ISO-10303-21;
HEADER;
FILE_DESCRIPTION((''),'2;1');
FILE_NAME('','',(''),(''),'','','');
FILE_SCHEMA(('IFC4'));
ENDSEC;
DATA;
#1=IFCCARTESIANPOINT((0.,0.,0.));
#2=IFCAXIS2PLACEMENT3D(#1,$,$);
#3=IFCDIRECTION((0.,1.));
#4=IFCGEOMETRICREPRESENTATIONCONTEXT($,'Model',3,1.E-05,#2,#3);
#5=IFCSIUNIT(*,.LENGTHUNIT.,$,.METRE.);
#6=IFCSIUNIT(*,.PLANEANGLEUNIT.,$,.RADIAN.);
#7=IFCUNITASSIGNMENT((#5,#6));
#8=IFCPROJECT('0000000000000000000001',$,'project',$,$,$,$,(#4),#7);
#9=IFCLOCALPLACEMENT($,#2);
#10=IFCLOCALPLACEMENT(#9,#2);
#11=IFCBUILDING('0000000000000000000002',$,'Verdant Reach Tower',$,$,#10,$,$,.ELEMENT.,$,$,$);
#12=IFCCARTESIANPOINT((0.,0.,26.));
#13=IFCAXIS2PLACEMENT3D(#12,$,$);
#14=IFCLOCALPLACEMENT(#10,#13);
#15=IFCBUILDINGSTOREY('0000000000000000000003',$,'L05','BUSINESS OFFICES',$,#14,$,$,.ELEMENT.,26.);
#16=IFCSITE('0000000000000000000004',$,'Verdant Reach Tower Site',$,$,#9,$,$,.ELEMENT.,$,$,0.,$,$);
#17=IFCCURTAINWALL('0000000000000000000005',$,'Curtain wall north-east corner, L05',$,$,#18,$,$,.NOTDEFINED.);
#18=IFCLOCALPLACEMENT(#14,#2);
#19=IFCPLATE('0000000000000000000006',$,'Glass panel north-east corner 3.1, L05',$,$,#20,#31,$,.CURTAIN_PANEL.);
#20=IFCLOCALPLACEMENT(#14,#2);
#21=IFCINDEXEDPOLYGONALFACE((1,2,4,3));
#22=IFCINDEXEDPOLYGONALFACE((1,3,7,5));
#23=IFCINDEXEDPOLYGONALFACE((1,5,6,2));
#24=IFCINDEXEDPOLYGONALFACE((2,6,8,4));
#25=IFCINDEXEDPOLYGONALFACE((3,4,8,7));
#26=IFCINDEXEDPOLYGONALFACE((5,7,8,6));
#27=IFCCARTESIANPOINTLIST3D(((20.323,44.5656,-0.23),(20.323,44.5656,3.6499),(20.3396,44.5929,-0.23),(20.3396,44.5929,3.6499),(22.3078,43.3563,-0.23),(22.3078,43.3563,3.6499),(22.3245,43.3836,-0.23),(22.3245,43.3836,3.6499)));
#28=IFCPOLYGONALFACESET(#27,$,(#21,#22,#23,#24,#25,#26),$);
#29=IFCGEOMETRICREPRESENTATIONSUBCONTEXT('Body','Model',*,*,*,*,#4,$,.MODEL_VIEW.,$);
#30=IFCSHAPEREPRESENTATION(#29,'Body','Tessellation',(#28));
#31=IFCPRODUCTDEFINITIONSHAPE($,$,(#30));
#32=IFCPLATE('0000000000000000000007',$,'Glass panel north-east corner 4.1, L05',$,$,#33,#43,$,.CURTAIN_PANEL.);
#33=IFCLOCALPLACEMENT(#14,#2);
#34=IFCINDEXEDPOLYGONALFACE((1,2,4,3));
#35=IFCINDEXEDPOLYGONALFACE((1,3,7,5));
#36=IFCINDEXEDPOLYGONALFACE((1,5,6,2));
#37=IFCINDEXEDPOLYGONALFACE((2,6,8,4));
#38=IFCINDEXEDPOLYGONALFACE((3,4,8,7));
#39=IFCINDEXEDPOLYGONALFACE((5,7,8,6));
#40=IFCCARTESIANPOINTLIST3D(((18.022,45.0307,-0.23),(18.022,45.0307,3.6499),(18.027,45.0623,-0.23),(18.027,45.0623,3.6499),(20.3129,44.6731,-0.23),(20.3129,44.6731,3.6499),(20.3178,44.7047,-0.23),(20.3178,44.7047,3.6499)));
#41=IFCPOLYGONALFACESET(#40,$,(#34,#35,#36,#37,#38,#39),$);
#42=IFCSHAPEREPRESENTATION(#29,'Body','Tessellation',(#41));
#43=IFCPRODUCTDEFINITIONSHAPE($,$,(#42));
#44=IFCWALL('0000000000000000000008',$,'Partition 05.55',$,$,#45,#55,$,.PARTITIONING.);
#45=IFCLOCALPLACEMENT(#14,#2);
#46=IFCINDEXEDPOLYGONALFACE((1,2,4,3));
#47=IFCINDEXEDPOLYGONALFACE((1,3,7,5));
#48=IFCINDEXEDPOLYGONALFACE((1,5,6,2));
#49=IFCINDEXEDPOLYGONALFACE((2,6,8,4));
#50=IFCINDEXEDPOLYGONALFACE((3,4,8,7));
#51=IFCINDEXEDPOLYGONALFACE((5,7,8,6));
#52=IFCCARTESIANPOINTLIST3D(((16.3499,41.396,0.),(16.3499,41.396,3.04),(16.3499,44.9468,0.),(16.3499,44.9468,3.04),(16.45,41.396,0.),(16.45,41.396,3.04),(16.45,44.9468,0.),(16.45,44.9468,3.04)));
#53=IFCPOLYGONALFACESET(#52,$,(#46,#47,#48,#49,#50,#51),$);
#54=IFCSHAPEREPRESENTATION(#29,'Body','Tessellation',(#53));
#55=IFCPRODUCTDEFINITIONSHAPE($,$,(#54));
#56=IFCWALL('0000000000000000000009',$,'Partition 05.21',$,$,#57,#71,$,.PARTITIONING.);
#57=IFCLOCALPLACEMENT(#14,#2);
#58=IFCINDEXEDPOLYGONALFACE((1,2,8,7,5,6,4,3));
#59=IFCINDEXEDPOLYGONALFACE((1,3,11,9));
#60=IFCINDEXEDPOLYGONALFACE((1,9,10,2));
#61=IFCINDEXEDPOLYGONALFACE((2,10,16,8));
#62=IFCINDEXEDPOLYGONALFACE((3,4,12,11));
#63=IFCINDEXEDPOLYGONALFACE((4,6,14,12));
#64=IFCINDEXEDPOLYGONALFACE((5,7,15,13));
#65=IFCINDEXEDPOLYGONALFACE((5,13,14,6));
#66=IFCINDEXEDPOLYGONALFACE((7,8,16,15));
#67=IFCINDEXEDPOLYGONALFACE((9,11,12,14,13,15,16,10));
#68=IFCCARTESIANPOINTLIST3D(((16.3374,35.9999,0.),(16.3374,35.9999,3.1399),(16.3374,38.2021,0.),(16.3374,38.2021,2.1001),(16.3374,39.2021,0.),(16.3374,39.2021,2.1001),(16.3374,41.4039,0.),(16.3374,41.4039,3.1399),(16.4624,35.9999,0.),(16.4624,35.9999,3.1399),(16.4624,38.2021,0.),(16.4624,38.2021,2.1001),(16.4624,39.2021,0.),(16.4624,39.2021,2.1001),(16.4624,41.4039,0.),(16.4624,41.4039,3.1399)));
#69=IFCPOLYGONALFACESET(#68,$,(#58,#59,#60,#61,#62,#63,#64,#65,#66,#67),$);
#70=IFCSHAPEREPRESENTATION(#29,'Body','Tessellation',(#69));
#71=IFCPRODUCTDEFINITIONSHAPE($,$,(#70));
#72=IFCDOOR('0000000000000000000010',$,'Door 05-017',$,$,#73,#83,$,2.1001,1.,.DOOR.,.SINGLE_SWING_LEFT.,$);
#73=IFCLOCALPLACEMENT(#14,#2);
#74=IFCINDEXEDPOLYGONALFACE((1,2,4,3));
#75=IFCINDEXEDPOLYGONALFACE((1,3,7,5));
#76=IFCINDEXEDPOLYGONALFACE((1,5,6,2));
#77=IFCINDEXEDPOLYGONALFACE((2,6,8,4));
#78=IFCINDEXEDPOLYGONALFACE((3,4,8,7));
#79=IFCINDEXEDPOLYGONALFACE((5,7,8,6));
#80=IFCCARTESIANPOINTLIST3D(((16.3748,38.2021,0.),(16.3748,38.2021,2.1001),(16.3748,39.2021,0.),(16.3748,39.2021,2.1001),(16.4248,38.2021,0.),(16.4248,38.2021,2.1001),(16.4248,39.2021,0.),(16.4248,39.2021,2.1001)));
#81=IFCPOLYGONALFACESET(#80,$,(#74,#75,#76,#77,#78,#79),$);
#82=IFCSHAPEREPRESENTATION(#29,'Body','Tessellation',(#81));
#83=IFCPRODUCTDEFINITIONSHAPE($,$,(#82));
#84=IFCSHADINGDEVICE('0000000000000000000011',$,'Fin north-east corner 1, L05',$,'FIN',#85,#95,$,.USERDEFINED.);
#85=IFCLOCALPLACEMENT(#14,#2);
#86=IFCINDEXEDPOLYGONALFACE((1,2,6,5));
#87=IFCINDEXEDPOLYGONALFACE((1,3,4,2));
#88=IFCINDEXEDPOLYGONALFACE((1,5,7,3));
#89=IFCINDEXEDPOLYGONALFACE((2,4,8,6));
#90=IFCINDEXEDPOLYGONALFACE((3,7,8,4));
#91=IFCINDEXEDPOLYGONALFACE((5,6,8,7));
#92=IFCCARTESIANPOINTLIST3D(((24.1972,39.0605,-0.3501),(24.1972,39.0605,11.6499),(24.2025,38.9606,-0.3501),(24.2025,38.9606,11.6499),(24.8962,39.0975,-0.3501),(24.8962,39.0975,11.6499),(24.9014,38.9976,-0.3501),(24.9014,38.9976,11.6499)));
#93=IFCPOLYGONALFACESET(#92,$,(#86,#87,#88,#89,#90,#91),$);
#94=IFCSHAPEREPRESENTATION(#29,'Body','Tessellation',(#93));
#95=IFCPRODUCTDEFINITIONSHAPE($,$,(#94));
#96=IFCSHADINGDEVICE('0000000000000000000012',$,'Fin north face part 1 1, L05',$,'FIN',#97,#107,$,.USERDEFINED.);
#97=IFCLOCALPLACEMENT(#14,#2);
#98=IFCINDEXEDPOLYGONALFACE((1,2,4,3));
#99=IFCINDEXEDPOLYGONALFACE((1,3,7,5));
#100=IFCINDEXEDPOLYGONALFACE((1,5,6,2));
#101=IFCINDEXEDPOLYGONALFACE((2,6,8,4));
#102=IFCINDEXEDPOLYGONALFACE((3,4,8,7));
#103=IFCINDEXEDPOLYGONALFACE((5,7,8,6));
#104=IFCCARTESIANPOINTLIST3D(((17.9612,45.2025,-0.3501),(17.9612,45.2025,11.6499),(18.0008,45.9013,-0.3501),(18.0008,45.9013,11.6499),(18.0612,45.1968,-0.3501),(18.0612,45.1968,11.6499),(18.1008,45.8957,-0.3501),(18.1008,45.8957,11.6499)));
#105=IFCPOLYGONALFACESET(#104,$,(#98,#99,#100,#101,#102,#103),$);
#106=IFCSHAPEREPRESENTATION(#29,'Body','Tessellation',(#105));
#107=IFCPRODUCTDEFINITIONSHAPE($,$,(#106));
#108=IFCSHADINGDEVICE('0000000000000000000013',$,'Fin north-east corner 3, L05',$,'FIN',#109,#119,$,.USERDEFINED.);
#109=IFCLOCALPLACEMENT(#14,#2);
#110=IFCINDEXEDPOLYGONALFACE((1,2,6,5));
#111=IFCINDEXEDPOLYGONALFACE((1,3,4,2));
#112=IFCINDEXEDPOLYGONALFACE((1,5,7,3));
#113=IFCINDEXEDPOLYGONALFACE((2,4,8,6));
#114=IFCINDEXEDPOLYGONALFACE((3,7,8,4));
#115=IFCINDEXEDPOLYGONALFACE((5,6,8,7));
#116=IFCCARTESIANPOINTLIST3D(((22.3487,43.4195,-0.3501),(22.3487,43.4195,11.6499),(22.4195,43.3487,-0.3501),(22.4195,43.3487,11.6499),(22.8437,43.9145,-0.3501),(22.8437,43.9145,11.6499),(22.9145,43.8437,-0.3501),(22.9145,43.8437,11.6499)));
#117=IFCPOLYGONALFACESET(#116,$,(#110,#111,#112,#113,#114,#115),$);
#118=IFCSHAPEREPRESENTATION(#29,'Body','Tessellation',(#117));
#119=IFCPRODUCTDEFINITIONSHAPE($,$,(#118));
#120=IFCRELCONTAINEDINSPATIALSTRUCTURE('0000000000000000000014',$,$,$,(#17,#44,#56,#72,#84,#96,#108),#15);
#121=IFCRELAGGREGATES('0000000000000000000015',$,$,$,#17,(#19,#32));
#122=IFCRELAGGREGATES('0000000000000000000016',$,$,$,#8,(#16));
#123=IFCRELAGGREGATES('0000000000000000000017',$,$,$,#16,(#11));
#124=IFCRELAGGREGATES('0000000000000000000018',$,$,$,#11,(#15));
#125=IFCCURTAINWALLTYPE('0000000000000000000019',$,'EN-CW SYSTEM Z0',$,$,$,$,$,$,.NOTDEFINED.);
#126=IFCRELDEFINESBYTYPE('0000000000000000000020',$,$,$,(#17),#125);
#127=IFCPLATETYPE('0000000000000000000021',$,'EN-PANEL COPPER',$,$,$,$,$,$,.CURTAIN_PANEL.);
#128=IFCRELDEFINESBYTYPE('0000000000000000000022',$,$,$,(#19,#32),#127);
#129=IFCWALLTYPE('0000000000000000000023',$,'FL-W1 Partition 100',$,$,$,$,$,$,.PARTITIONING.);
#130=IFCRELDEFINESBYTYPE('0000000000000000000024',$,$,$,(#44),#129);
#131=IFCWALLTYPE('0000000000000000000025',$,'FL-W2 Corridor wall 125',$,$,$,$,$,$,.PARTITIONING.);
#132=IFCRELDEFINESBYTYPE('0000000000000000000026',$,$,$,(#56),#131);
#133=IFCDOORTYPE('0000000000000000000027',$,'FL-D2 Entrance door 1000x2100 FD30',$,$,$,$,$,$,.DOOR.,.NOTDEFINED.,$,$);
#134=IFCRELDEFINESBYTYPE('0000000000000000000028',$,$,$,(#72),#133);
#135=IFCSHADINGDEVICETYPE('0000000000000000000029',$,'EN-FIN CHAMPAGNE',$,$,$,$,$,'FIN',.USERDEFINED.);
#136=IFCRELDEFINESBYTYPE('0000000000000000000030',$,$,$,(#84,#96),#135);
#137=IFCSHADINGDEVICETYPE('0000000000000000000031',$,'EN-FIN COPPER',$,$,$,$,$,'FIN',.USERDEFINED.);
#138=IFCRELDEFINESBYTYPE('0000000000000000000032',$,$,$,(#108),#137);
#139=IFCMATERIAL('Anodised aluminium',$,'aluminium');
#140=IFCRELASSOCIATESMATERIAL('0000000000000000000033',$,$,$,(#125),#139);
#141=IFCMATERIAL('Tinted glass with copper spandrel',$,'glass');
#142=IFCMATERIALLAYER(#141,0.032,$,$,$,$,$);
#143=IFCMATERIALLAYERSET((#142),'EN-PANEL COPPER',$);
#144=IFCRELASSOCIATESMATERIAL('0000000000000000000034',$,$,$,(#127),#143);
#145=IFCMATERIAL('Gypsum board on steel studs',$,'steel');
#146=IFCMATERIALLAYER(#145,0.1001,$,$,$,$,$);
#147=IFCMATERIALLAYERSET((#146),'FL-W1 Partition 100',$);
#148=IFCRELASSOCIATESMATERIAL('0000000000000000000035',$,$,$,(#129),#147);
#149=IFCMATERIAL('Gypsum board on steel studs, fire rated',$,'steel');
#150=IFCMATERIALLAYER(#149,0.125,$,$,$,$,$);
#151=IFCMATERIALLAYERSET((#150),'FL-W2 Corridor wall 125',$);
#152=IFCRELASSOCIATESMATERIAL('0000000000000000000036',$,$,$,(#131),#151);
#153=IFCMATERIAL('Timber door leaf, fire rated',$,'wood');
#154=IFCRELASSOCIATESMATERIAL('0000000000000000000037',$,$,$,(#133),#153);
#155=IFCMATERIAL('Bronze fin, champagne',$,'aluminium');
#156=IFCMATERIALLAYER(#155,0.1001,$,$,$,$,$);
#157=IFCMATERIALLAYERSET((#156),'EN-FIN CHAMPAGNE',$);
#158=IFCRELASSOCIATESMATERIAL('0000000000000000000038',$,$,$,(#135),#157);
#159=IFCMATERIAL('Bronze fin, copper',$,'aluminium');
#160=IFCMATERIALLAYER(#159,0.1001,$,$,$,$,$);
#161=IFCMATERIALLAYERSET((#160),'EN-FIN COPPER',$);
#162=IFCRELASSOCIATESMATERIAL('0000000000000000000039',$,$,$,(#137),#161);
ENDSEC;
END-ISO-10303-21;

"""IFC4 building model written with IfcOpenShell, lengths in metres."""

from ifc_helpers import new_model, si_unit, direction, frame, frame_2d, origin, origin_2d, place, context, subcontext, project, spatial, rectangle, extrude, material, layer, layer_set, type_object, element, fill, aggregate, save


model = new_model("IFC4")

# Units and contexts
model_context = context("Model", 3, precision=1e-05, world=origin(), true_north=direction((0.0, 1.0)))
body_context = subcontext(model_context, "Body", "Model", "MODEL_VIEW")
ifc_project = project(units=[si_unit("LENGTHUNIT", "METRE"), si_unit("PLANEANGLEUNIT", "RADIAN")], contexts=[model_context])

# Site, building, storey
site_placement = place(None, origin())
site = spatial("IfcSite", under=ifc_project, at=site_placement, Name="Verdant Reach Tower Site", CompositionType="ELEMENT", RefElevation=0.0)
building_placement = place(site_placement, origin())
building = spatial("IfcBuilding", under=site, at=building_placement, Name="Verdant Reach Tower", CompositionType="ELEMENT")
storey_placement = place(building_placement, frame((0.0, 0.0, 26.0)))
storey = spatial("IfcBuildingStorey", under=building, at=storey_placement, Name="L05", Description="BUSINESS OFFICES", CompositionType="ELEMENT", Elevation=26.0)

# Curtain wall
ifc_material_1 = material(Name="Anodised aluminium", Category="aluminium")
curtain_wall_type = type_object("IfcCurtainWallType", Name="EN-CW SYSTEM Z0", PredefinedType="NOTDEFINED", material=ifc_material_1)
curtain_wall_1_placement = place(storey_placement, origin())
curtain_wall_1 = element("IfcCurtainWall", 1, at=curtain_wall_1_placement, inside=storey, type_object=curtain_wall_type, Name="Curtain wall north-east corner, L05", PredefinedType="NOTDEFINED")

# Plates
ifc_material_2 = material(Name="Tinted glass with copper spandrel", Category="glass")
ifc_layer_1 = layer(ifc_material_2, 0.032)
ifc_layer_set_1 = layer_set([ifc_layer_1], Name="EN-PANEL COPPER")
plate_type_1 = type_object("IfcPlateType", Name="EN-PANEL COPPER", PredefinedType="CURTAIN_PANEL", material=ifc_layer_set_1)
plate_1_placement = place(storey_placement, frame((21.3237, 43.9746, -0.23), z_axis=(0.0, 0.0, 1.0), x_axis=(-0.853989, 0.520292, 0.0)))
plate_1 = element("IfcPlate", 2, at=plate_1_placement, type_object=plate_type_1, Name="Glass panel north-east corner 3.1, L05", PredefinedType="CURTAIN_PANEL", context=body_context, shape_type="SweptSolid", body=[
    extrude(rectangle(XDim=2.3242, YDim=0.032, at=origin_2d()), origin(), (0.0, 0.0, 1.0), 3.8799),
])
plate_2_placement = place(storey_placement, frame((19.1699, 44.8677, -0.23), z_axis=(0.0, 0.0, 1.0), x_axis=(-0.988035, 0.154233, 0.0)))
plate_2 = element("IfcPlate", 3, at=plate_2_placement, type_object=plate_type_1, Name="Glass panel north-east corner 4.1, L05", PredefinedType="CURTAIN_PANEL", context=body_context, shape_type="SweptSolid", body=[
    extrude(rectangle(XDim=2.3186, YDim=0.032, at=origin_2d()), origin(), (0.0, 0.0, 1.0), 3.8799),
])
aggregate(curtain_wall_1, [plate_1, plate_2])

# Wall
ifc_material_3 = material(Name="Gypsum board on steel studs", Category="steel")
ifc_layer_2 = layer(ifc_material_3, 0.1001)
ifc_layer_set_2 = layer_set([ifc_layer_2], Name="FL-W1 Partition 100")
wall_type_1 = type_object("IfcWallType", Name="FL-W1 Partition 100", PredefinedType="PARTITIONING", material=ifc_layer_set_2)
wall_1_placement = place(storey_placement, frame((16.3999, 41.396, 0.0), z_axis=(0.0, 0.0, 1.0), x_axis=(0.0, 1.0, 0.0)))
element("IfcWall", 4, at=wall_1_placement, inside=storey, type_object=wall_type_1, Name="Partition 05.55", PredefinedType="PARTITIONING", context=body_context, shape_type="SweptSolid", body=[
    extrude(rectangle(XDim=3.5508, YDim=0.1001, at=frame_2d((1.7754, 0.0))), origin(), (0.0, 0.0, 1.0), 3.04),
])

# Wall, opening, door
ifc_material_4 = material(Name="Gypsum board on steel studs, fire rated", Category="steel")
ifc_layer_3 = layer(ifc_material_4, 0.125)
ifc_layer_set_3 = layer_set([ifc_layer_3], Name="FL-W2 Corridor wall 125")
wall_type_2 = type_object("IfcWallType", Name="FL-W2 Corridor wall 125", PredefinedType="PARTITIONING", material=ifc_layer_set_3)
wall_2_placement = place(storey_placement, frame((16.3999, 41.4041, 0.0), z_axis=(0.0, 0.0, 1.0), x_axis=(0.0, -1.0, 0.0)))
wall_2 = element("IfcWall", 5, at=wall_2_placement, inside=storey, type_object=wall_type_2, Name="Partition 05.21", PredefinedType="PARTITIONING", context=body_context, shape_type="SweptSolid", body=[
    extrude(rectangle(XDim=5.4041, YDim=0.125, at=frame_2d((2.7021, 0.0))), origin(), (0.0, 0.0, 1.0), 3.1399),
])
opening_placement = place(wall_2_placement, frame((2.2019, 0.0, 0.0)))
opening = element("IfcOpeningElement", 6, at=opening_placement, cuts=wall_2, PredefinedType="OPENING", context=body_context, shape_type="SweptSolid", body=[
    extrude(rectangle(XDim=1.0, YDim=2.1001, at=frame_2d((0.5, 1.05))), frame((0.0, 0.0725, 0.0), z_axis=(0.0, -1.0, 0.0), x_axis=(1.0, 0.0, 0.0)), (0.0, 0.0, 1.0), 0.145),
])
ifc_material_5 = material(Name="Timber door leaf, fire rated", Category="wood")
door_type = type_object("IfcDoorType", Name="FL-D2 Entrance door 1000x2100 FD30", OperationType="NOTDEFINED", PredefinedType="DOOR", material=ifc_material_5)
door_placement = place(opening_placement, origin())
door = element("IfcDoor", 7, at=door_placement, inside=storey, type_object=door_type, Name="Door 05-017", OperationType="SINGLE_SWING_LEFT", OverallHeight=2.1001, OverallWidth=1.0, PredefinedType="DOOR", context=body_context, shape_type="SweptSolid", body=[
    extrude(rectangle(XDim=1.0, YDim=2.1001, at=frame_2d((0.5, 1.05))), frame((0.0, 0.0249, 0.0), z_axis=(0.0, -1.0, 0.0), x_axis=(1.0, 0.0, 0.0)), (0.0, 0.0, 1.0), 0.05),
])
fill(opening, door)

# Shading devices
ifc_material_6 = material(Name="Bronze fin, champagne", Category="aluminium")
ifc_layer_4 = layer(ifc_material_6, 0.1001)
ifc_layer_set_4 = layer_set([ifc_layer_4], Name="EN-FIN CHAMPAGNE")
shading_device_type_1 = type_object("IfcShadingDeviceType", Name="EN-FIN CHAMPAGNE", ElementType="FIN", PredefinedType="USERDEFINED", material=ifc_layer_set_4)
for number, where, z_axis, x_axis, name in (
    (8, (24.5493, 39.0291, -0.3501), (0.0, 0.0, 1.0), (-0.052815, 0.998604, 0.0), "Fin north-east corner 1, L05"),
    (9, (18.031, 45.5491, -0.3501), (0.0, 0.0, 1.0), (-0.998399, 0.056569, 0.0), "Fin north face part 1 1, L05"),
):
    element("IfcShadingDevice", number, at=place(storey_placement, frame(where, z_axis=z_axis, x_axis=x_axis)), inside=storey, type_object=shading_device_type_1, Name=name, ObjectType="FIN", PredefinedType="USERDEFINED", context=body_context, shape_type="SweptSolid", body=[
        extrude(rectangle(XDim=0.1001, YDim=0.7, at=origin_2d()), origin(), (0.0, 0.0, 1.0), 12.0),
    ])
ifc_material_7 = material(Name="Bronze fin, copper", Category="aluminium")
ifc_layer_5 = layer(ifc_material_7, 0.1001)
ifc_layer_set_5 = layer_set([ifc_layer_5], Name="EN-FIN COPPER")
shading_device_type_2 = type_object("IfcShadingDeviceType", Name="EN-FIN COPPER", ElementType="FIN", PredefinedType="USERDEFINED", material=ifc_layer_set_5)
shading_device_placement = place(storey_placement, frame((22.6316, 43.6316, -0.3501), z_axis=(0.0, 0.0, 1.0), x_axis=(-0.707107, 0.707107, 0.0)))
element("IfcShadingDevice", 10, at=shading_device_placement, inside=storey, type_object=shading_device_type_2, Name="Fin north-east corner 3, L05", ObjectType="FIN", PredefinedType="USERDEFINED", context=body_context, shape_type="SweptSolid", body=[
    extrude(rectangle(XDim=0.1001, YDim=0.7, at=origin_2d()), origin(), (0.0, 0.0, 1.0), 12.0),
])

save(model, "model.ifc")
